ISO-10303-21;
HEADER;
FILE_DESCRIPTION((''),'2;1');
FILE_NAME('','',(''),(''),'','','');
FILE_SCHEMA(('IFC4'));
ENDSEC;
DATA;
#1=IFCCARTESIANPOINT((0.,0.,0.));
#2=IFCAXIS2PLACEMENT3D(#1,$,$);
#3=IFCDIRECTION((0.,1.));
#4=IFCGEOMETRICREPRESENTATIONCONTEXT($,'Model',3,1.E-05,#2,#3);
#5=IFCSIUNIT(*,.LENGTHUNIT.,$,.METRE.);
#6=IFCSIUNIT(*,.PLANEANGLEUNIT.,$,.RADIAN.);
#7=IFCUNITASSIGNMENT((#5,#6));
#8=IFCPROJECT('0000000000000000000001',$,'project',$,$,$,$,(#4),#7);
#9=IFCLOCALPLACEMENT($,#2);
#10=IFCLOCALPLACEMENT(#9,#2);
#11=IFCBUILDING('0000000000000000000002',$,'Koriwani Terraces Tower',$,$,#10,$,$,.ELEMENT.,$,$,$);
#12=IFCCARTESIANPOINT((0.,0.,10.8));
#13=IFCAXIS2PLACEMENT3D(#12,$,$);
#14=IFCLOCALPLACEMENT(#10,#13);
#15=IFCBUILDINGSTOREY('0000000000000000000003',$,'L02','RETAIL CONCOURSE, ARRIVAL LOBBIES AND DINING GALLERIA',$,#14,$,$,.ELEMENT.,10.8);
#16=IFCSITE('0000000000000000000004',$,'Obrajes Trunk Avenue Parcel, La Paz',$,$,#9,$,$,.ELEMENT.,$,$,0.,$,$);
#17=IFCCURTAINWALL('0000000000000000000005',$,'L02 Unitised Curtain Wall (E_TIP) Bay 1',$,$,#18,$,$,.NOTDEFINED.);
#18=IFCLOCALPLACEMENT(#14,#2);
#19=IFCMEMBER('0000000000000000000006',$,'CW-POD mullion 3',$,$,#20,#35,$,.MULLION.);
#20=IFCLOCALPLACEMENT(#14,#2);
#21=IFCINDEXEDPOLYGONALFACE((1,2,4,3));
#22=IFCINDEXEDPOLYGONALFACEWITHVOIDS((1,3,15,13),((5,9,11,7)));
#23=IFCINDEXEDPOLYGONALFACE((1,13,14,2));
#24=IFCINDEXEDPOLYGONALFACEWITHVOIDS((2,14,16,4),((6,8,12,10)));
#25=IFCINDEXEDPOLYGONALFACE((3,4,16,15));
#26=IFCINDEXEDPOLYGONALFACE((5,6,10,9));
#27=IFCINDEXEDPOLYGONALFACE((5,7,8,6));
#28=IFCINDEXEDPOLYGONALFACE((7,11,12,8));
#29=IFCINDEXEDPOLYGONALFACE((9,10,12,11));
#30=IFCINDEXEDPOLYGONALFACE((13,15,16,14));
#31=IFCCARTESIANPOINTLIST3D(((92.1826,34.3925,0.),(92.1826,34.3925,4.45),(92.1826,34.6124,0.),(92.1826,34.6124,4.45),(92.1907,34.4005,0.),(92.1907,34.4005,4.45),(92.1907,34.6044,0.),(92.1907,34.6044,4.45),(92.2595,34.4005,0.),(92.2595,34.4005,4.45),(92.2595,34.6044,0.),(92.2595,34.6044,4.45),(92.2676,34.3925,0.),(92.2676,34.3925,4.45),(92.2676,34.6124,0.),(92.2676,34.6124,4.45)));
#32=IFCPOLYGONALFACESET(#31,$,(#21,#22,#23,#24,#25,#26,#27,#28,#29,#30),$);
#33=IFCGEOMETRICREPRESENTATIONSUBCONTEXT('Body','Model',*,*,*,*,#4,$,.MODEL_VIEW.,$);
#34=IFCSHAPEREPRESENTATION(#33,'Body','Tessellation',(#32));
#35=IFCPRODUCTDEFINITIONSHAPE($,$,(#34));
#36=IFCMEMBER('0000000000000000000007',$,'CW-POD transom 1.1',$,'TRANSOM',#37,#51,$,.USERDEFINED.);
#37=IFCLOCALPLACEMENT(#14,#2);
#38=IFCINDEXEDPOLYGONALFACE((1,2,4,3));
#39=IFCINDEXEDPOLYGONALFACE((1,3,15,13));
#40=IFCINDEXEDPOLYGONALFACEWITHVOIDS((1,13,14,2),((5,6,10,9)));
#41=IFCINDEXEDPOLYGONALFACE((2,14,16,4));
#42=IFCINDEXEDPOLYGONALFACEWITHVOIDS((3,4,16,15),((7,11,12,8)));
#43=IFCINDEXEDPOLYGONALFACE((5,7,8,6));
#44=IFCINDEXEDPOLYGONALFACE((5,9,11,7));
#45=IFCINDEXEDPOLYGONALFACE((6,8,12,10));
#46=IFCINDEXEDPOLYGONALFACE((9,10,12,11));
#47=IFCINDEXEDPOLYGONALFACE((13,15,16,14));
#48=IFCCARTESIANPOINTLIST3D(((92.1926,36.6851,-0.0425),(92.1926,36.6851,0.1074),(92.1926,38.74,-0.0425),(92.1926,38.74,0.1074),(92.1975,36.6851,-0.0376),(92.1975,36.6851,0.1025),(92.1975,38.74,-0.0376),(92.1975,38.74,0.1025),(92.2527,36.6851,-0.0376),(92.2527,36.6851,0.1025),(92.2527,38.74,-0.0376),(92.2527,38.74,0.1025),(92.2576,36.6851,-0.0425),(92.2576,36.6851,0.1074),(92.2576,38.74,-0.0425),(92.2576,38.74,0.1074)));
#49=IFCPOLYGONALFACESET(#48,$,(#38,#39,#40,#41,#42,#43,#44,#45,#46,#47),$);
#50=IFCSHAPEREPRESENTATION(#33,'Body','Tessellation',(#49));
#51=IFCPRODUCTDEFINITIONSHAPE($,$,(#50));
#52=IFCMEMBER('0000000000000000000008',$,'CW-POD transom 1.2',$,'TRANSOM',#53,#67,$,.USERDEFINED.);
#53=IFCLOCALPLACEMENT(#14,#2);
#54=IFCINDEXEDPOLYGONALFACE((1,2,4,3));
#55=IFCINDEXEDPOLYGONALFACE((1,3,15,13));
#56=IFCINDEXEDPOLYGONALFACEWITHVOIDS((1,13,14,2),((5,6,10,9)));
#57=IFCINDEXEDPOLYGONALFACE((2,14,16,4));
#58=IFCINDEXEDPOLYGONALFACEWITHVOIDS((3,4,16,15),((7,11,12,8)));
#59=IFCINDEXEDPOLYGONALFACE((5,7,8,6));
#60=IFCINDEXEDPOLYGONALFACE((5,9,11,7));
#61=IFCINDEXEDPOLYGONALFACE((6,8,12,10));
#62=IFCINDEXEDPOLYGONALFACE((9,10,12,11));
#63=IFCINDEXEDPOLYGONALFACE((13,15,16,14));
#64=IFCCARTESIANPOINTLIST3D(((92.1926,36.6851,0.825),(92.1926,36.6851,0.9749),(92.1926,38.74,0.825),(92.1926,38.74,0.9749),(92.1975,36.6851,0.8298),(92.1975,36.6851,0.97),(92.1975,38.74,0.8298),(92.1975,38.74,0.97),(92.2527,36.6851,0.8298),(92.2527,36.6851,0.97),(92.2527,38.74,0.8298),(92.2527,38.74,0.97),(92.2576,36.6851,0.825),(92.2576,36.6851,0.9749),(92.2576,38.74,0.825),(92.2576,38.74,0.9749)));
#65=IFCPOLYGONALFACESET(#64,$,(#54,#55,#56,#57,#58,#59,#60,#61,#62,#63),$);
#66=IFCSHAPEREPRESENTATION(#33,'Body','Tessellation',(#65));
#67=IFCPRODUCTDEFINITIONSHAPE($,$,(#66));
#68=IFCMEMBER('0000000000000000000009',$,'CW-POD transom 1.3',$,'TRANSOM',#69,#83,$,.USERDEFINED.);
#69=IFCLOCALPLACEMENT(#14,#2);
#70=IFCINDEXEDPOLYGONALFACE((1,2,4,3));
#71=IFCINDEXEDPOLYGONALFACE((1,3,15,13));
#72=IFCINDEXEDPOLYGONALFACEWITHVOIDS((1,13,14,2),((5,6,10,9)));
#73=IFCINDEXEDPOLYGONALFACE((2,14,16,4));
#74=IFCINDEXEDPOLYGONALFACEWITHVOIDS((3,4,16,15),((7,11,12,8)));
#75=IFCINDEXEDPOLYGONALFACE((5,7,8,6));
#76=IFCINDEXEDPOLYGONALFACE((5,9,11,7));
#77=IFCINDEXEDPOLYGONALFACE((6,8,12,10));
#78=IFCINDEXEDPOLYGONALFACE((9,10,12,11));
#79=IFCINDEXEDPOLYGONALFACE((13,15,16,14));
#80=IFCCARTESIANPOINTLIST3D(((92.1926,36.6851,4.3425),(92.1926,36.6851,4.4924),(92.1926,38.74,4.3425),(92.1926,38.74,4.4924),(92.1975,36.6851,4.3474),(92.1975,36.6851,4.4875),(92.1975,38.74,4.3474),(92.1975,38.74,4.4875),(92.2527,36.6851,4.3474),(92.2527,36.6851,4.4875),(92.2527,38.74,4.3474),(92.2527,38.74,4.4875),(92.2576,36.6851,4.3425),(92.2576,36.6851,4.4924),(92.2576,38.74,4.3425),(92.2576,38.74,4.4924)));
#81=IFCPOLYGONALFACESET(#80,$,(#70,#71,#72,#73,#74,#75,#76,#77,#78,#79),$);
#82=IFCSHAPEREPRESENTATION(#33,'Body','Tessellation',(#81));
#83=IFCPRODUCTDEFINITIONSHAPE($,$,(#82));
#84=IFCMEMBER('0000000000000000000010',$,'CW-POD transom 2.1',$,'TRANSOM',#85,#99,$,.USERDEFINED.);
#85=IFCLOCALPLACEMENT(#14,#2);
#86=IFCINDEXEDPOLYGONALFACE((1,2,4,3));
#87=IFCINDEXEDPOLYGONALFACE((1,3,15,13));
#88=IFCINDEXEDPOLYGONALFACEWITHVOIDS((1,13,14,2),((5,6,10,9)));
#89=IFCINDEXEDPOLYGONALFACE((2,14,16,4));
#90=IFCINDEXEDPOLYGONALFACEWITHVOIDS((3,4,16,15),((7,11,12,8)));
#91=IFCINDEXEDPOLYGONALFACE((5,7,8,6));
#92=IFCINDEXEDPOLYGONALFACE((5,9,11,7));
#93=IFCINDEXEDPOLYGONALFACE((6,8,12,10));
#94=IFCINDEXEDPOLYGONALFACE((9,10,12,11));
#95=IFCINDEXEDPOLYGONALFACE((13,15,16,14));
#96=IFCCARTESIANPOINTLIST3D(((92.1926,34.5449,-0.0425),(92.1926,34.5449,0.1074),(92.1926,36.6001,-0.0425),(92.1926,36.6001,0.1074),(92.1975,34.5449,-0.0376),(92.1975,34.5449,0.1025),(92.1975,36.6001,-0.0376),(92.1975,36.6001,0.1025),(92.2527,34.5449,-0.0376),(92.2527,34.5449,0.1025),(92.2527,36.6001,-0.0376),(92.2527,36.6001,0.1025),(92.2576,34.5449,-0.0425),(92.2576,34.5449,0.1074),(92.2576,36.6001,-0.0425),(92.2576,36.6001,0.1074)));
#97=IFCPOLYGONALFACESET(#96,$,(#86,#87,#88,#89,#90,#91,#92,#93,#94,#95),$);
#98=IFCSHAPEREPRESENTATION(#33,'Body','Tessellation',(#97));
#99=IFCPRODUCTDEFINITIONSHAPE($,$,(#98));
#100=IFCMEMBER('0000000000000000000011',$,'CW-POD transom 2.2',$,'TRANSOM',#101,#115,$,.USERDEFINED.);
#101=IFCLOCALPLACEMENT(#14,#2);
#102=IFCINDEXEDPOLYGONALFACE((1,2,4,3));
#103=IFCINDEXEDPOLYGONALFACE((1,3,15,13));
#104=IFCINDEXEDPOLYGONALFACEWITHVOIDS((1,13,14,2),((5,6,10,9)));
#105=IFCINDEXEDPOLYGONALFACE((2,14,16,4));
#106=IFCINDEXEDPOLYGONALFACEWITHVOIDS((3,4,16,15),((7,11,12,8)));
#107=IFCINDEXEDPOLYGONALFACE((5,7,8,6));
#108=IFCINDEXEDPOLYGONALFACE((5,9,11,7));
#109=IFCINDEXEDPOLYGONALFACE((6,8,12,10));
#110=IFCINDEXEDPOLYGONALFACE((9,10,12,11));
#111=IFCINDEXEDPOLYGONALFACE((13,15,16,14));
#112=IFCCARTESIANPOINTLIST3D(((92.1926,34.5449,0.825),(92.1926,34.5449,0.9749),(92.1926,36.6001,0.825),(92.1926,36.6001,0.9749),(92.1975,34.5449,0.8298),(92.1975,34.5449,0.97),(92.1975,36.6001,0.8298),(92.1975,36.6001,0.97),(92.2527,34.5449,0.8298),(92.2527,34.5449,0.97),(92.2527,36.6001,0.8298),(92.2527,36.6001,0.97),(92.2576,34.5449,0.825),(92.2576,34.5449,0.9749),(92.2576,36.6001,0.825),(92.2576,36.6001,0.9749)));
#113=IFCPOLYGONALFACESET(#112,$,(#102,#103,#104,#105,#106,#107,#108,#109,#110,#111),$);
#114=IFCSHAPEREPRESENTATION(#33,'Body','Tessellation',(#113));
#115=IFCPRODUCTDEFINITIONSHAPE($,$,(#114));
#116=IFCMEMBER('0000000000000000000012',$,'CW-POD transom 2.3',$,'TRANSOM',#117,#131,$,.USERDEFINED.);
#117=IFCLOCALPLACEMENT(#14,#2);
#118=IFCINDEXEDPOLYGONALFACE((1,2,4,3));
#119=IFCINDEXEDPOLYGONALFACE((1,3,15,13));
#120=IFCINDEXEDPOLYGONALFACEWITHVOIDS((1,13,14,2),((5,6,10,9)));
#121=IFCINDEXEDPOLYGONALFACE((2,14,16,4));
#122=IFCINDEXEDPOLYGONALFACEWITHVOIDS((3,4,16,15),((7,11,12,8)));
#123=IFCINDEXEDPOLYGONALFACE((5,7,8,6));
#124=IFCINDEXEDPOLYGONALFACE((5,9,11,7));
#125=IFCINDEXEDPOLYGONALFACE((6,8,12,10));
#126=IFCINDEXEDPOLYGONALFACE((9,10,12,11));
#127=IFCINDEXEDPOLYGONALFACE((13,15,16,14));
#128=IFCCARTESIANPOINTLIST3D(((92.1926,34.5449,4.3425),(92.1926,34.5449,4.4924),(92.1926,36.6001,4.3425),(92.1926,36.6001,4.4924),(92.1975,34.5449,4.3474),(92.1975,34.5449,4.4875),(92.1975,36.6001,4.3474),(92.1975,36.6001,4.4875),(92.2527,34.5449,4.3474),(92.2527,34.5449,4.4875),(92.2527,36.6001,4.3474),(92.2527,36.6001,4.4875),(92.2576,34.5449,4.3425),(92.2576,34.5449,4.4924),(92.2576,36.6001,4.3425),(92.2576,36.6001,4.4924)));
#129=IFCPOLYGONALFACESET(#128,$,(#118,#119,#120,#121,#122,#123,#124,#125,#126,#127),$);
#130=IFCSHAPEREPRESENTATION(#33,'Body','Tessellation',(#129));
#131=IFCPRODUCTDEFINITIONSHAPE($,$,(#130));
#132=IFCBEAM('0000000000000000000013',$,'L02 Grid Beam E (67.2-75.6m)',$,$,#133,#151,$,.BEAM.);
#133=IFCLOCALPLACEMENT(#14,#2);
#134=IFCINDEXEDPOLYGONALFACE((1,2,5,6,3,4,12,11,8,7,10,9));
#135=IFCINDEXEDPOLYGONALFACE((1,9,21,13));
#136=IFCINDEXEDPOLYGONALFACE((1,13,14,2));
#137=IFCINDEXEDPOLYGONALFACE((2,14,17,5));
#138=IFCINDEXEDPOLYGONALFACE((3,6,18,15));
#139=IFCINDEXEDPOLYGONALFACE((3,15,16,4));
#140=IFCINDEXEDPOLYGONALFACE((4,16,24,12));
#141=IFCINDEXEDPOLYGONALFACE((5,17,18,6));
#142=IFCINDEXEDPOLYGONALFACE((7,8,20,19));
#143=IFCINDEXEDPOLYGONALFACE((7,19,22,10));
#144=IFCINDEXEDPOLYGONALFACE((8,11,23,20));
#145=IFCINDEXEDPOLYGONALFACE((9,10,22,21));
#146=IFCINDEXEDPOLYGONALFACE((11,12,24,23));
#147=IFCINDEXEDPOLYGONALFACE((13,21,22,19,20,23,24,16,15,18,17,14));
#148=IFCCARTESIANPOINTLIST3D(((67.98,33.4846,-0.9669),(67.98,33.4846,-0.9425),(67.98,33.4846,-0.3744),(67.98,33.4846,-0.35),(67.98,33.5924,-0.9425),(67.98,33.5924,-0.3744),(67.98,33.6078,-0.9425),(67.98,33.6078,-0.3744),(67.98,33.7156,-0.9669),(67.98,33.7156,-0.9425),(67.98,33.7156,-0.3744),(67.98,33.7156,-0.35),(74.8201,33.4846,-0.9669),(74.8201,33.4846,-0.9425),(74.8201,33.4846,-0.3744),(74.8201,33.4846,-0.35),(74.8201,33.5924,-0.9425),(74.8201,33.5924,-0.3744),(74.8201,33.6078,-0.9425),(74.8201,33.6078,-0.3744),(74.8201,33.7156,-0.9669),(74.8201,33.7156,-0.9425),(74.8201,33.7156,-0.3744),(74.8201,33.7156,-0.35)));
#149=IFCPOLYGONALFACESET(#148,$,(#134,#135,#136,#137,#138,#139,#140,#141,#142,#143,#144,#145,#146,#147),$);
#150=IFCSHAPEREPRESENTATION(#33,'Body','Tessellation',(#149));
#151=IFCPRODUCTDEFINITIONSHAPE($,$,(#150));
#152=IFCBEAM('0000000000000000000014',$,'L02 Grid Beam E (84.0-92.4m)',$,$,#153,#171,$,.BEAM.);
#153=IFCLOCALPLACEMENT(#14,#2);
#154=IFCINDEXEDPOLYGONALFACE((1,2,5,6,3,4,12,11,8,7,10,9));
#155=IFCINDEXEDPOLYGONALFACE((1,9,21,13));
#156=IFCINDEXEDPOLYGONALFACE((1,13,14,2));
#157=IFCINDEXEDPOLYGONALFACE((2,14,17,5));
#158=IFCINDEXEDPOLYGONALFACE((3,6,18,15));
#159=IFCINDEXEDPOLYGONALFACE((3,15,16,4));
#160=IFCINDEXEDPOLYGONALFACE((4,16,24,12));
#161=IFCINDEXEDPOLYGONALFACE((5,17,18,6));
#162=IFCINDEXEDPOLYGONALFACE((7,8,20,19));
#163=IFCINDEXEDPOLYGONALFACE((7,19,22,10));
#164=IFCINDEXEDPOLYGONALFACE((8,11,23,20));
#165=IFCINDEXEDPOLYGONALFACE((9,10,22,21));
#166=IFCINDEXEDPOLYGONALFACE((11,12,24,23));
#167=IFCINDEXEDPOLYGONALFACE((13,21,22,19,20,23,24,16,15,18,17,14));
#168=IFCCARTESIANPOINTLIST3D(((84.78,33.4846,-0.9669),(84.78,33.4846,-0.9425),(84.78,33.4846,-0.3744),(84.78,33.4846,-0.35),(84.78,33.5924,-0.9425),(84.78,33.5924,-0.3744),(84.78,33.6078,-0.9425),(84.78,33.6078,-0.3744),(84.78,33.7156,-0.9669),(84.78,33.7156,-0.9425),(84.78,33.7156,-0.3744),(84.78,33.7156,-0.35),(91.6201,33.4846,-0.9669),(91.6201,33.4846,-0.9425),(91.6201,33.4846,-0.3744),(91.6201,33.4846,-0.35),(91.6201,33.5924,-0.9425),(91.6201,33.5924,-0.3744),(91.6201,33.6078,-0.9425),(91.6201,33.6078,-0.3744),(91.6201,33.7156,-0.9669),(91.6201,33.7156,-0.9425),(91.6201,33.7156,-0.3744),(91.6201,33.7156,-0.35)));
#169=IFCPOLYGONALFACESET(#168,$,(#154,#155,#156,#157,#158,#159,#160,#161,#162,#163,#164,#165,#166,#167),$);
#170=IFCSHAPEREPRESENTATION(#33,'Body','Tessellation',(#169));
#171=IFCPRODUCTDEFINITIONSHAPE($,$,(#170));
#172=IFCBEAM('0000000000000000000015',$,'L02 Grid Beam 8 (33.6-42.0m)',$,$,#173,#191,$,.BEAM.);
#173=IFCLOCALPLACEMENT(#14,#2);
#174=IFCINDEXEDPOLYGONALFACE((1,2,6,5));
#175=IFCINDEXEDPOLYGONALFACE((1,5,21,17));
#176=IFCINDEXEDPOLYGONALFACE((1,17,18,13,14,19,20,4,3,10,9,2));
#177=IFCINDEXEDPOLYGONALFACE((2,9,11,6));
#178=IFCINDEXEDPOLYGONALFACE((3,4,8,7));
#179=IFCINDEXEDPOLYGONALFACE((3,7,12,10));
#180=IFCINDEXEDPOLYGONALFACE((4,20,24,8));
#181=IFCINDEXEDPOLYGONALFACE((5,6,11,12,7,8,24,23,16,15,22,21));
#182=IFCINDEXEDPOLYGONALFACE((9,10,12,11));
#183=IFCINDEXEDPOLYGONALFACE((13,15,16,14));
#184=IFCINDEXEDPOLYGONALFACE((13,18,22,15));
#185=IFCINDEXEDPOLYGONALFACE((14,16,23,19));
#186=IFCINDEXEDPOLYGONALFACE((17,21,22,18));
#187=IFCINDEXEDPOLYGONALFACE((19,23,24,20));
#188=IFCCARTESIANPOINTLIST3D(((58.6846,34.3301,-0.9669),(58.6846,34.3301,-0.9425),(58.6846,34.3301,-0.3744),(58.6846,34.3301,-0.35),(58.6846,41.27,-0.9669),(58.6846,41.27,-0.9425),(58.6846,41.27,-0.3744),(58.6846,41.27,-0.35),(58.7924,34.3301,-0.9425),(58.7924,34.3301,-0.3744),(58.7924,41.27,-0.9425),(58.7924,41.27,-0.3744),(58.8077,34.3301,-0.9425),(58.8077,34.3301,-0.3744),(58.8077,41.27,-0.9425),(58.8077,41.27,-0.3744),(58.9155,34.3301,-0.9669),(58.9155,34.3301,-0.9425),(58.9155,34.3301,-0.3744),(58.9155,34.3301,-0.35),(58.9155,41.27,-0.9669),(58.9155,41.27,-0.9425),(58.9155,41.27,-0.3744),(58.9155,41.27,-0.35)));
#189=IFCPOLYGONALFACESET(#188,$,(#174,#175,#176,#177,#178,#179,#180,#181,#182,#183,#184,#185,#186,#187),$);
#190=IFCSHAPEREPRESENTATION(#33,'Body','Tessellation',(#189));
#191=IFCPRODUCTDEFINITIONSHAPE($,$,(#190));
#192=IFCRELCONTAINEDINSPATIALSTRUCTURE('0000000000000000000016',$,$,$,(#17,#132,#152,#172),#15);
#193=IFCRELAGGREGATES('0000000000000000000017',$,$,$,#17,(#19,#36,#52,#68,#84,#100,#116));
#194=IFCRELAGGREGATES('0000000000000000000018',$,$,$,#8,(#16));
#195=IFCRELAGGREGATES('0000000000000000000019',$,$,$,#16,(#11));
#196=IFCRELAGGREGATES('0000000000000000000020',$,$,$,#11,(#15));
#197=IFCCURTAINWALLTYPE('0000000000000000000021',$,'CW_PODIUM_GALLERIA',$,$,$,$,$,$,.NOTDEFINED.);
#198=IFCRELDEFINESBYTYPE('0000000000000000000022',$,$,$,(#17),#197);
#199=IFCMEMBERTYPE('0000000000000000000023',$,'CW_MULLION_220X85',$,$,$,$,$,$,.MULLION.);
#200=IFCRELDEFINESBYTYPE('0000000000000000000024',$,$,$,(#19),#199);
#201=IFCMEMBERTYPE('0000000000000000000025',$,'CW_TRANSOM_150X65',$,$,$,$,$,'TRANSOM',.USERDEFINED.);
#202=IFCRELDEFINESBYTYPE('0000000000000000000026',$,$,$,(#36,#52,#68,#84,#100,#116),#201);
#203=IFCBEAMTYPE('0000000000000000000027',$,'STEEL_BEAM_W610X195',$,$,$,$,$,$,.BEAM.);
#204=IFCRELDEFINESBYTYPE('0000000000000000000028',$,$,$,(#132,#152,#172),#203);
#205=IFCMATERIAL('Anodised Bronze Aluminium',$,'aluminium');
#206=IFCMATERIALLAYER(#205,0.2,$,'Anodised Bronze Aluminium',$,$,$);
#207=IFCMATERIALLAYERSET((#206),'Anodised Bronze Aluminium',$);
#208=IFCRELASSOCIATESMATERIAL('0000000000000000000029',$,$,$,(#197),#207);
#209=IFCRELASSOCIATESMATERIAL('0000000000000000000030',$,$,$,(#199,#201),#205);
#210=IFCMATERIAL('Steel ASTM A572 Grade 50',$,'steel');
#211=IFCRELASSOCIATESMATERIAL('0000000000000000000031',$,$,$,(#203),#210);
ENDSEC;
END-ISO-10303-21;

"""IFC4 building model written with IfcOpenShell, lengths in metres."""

from ifc_helpers import new_model, si_unit, direction, frame, origin, origin_2d, place, context, subcontext, project, spatial, hollow_rectangle, i_section, extrude, material, layer, layer_set, material_profile, profile_set, type_object, element, aggregate, save


model = new_model("IFC4")

# Units and contexts
model_context = context("Model", 3, precision=1e-05, world=origin(), true_north=direction((0.0, 1.0)))
body_context = subcontext(model_context, "Body", "Model", "MODEL_VIEW")
ifc_project = project(units=[si_unit("LENGTHUNIT", "METRE"), si_unit("PLANEANGLEUNIT", "RADIAN")], contexts=[model_context])

# Site, building, storey
site_placement = place(None, origin())
site = spatial("IfcSite", under=ifc_project, at=site_placement, Name="Obrajes Trunk Avenue Parcel, La Paz", CompositionType="ELEMENT", RefElevation=0.0)
building_placement = place(site_placement, origin())
building = spatial("IfcBuilding", under=site, at=building_placement, Name="Koriwani Terraces Tower", CompositionType="ELEMENT")
storey_placement = place(building_placement, frame((0.0, 0.0, 10.8)))
storey = spatial("IfcBuildingStorey", under=building, at=storey_placement, Name="L02", Description="RETAIL CONCOURSE, ARRIVAL LOBBIES AND DINING GALLERIA", CompositionType="ELEMENT", Elevation=10.8)

# Curtain wall, members
ifc_material_1 = material(Name="Anodised Bronze Aluminium", Category="aluminium")
ifc_layer_1 = layer(ifc_material_1, 0.2, Name="Anodised Bronze Aluminium")
ifc_layer_set_1 = layer_set([ifc_layer_1], Name="Anodised Bronze Aluminium")
curtain_wall_type = type_object("IfcCurtainWallType", Name="CW_PODIUM_GALLERIA", PredefinedType="NOTDEFINED", material=ifc_layer_set_1)
curtain_wall_placement = place(storey_placement, origin())
curtain_wall = element("IfcCurtainWall", 1, at=curtain_wall_placement, inside=storey, type_object=curtain_wall_type, Name="L02 Unitised Curtain Wall (E_TIP) Bay 1", PredefinedType="NOTDEFINED")
ifc_material_profile_1 = material_profile(ifc_material_1, hollow_rectangle(XDim=0.085, YDim=0.22, WallThickness=0.0081, at=origin_2d()), Name="Anodised Bronze Aluminium", Category="LoadBearing")
ifc_profile_set_1 = profile_set([ifc_material_profile_1], Name="Anodised Bronze Aluminium")
member_type_1 = type_object("IfcMemberType", Name="CW_MULLION_220X85", PredefinedType="MULLION", material=ifc_profile_set_1)
member_1_placement = place(storey_placement, frame((92.2251, 34.5024, 0.0), z_axis=(0.0, 0.0, 1.0), x_axis=(1.0, 0.0, 0.0)))
member_1 = element("IfcMember", 2, at=member_1_placement, type_object=member_type_1, Name="CW-POD mullion 3", PredefinedType="MULLION", context=body_context, shape_type="SweptSolid", body=[
    extrude(hollow_rectangle(XDim=0.085, YDim=0.22, WallThickness=0.0081, at=origin_2d()), origin(), (0.0, 0.0, 1.0), 4.45),
])
ifc_material_profile_2 = material_profile(ifc_material_1, hollow_rectangle(XDim=0.0649, YDim=0.1499, WallThickness=0.0049, at=origin_2d()), Name="Anodised Bronze Aluminium", Category="LoadBearing")
ifc_profile_set_2 = profile_set([ifc_material_profile_2], Name="Anodised Bronze Aluminium")
member_type_2 = type_object("IfcMemberType", Name="CW_TRANSOM_150X65", ElementType="TRANSOM", PredefinedType="USERDEFINED", material=ifc_profile_set_2)
member_2_placement = place(storey_placement, frame((92.2251, 38.74, 0.0325), z_axis=(0.0, -1.0, 0.0), x_axis=(1.0, 0.0, 0.0)))
member_2 = element("IfcMember", 3, at=member_2_placement, type_object=member_type_2, Name="CW-POD transom 1.1", ObjectType="TRANSOM", PredefinedType="USERDEFINED", context=body_context, shape_type="SweptSolid", body=[
    extrude(hollow_rectangle(XDim=0.0649, YDim=0.1499, WallThickness=0.0049, at=origin_2d()), origin(), (0.0, 0.0, 1.0), 2.0549),
])
member_3_placement = place(storey_placement, frame((92.2251, 38.74, 0.8999), z_axis=(0.0, -1.0, 0.0), x_axis=(1.0, 0.0, 0.0)))
member_3 = element("IfcMember", 4, at=member_3_placement, type_object=member_type_2, Name="CW-POD transom 1.2", ObjectType="TRANSOM", PredefinedType="USERDEFINED", context=body_context, shape_type="SweptSolid", body=[
    extrude(hollow_rectangle(XDim=0.0649, YDim=0.1499, WallThickness=0.0049, at=origin_2d()), origin(), (0.0, 0.0, 1.0), 2.0549),
])
member_4_placement = place(storey_placement, frame((92.2251, 38.74, 4.4175), z_axis=(0.0, -1.0, 0.0), x_axis=(1.0, 0.0, 0.0)))
member_4 = element("IfcMember", 5, at=member_4_placement, type_object=member_type_2, Name="CW-POD transom 1.3", ObjectType="TRANSOM", PredefinedType="USERDEFINED", context=body_context, shape_type="SweptSolid", body=[
    extrude(hollow_rectangle(XDim=0.0649, YDim=0.1499, WallThickness=0.0049, at=origin_2d()), origin(), (0.0, 0.0, 1.0), 2.0549),
])
member_5_placement = place(storey_placement, frame((92.2251, 36.6001, 0.0325), z_axis=(0.0, -1.0, 0.0), x_axis=(1.0, 0.0, 0.0)))
member_5 = element("IfcMember", 6, at=member_5_placement, type_object=member_type_2, Name="CW-POD transom 2.1", ObjectType="TRANSOM", PredefinedType="USERDEFINED", context=body_context, shape_type="SweptSolid", body=[
    extrude(hollow_rectangle(XDim=0.0649, YDim=0.1499, WallThickness=0.0049, at=origin_2d()), origin(), (0.0, 0.0, 1.0), 2.0552),
])
member_6_placement = place(storey_placement, frame((92.2251, 36.6001, 0.8999), z_axis=(0.0, -1.0, 0.0), x_axis=(1.0, 0.0, 0.0)))
member_6 = element("IfcMember", 7, at=member_6_placement, type_object=member_type_2, Name="CW-POD transom 2.2", ObjectType="TRANSOM", PredefinedType="USERDEFINED", context=body_context, shape_type="SweptSolid", body=[
    extrude(hollow_rectangle(XDim=0.0649, YDim=0.1499, WallThickness=0.0049, at=origin_2d()), origin(), (0.0, 0.0, 1.0), 2.0552),
])
member_7_placement = place(storey_placement, frame((92.2251, 36.6001, 4.4175), z_axis=(0.0, -1.0, 0.0), x_axis=(1.0, 0.0, 0.0)))
member_7 = element("IfcMember", 8, at=member_7_placement, type_object=member_type_2, Name="CW-POD transom 2.3", ObjectType="TRANSOM", PredefinedType="USERDEFINED", context=body_context, shape_type="SweptSolid", body=[
    extrude(hollow_rectangle(XDim=0.0649, YDim=0.1499, WallThickness=0.0049, at=origin_2d()), origin(), (0.0, 0.0, 1.0), 2.0552),
])

# Beams
ifc_material_2 = material(Name="Steel ASTM A572 Grade 50", Category="steel")
ifc_material_profile_3 = material_profile(ifc_material_2, i_section(OverallWidth=0.231, OverallDepth=0.6169, WebThickness=0.0154, FlangeThickness=0.0244, at=origin_2d()), Name="Steel ASTM A572 Grade 50", Category="LoadBearing")
ifc_profile_set_3 = profile_set([ifc_material_profile_3], Name="Steel ASTM A572 Grade 50")
beam_type_1 = type_object("IfcBeamType", Name="STEEL_BEAM_W610X195", PredefinedType="BEAM", material=ifc_profile_set_3)
for number, where, z_axis, x_axis, name in (
    (9, (67.98, 33.6001, -0.6584), (1.0, 0.0, 0.0), (0.0, 1.0, 0.0), "L02 Grid Beam E (67.2-75.6m)"),
    (10, (84.78, 33.6001, -0.6584), (1.0, 0.0, 0.0), (0.0, 1.0, 0.0), "L02 Grid Beam E (84.0-92.4m)"),
):
    element("IfcBeam", number, at=place(storey_placement, frame(where, z_axis=z_axis, x_axis=x_axis)), inside=storey, type_object=beam_type_1, Name=name, PredefinedType="BEAM", context=body_context, shape_type="SweptSolid", body=[
        extrude(i_section(OverallWidth=0.231, OverallDepth=0.6169, WebThickness=0.0154, FlangeThickness=0.0244, at=origin_2d()), origin(), (0.0, 0.0, 1.0), 6.8401),
    ])
beam_1_placement = place(storey_placement, frame((58.8, 34.3301, -0.6584), z_axis=(0.0, 1.0, 0.0), x_axis=(-1.0, 0.0, 0.0)))
element("IfcBeam", 11, at=beam_1_placement, inside=storey, type_object=beam_type_1, Name="L02 Grid Beam 8 (33.6-42.0m)", PredefinedType="BEAM", context=body_context, shape_type="SweptSolid", body=[
    extrude(i_section(OverallWidth=0.231, OverallDepth=0.6169, WebThickness=0.0154, FlangeThickness=0.0244, at=origin_2d()), origin(), (0.0, 0.0, 1.0), 6.9399),
])

aggregate(curtain_wall, [member_1, member_2, member_3, member_4, member_5, member_6, member_7])

save(model, "model.ifc")
